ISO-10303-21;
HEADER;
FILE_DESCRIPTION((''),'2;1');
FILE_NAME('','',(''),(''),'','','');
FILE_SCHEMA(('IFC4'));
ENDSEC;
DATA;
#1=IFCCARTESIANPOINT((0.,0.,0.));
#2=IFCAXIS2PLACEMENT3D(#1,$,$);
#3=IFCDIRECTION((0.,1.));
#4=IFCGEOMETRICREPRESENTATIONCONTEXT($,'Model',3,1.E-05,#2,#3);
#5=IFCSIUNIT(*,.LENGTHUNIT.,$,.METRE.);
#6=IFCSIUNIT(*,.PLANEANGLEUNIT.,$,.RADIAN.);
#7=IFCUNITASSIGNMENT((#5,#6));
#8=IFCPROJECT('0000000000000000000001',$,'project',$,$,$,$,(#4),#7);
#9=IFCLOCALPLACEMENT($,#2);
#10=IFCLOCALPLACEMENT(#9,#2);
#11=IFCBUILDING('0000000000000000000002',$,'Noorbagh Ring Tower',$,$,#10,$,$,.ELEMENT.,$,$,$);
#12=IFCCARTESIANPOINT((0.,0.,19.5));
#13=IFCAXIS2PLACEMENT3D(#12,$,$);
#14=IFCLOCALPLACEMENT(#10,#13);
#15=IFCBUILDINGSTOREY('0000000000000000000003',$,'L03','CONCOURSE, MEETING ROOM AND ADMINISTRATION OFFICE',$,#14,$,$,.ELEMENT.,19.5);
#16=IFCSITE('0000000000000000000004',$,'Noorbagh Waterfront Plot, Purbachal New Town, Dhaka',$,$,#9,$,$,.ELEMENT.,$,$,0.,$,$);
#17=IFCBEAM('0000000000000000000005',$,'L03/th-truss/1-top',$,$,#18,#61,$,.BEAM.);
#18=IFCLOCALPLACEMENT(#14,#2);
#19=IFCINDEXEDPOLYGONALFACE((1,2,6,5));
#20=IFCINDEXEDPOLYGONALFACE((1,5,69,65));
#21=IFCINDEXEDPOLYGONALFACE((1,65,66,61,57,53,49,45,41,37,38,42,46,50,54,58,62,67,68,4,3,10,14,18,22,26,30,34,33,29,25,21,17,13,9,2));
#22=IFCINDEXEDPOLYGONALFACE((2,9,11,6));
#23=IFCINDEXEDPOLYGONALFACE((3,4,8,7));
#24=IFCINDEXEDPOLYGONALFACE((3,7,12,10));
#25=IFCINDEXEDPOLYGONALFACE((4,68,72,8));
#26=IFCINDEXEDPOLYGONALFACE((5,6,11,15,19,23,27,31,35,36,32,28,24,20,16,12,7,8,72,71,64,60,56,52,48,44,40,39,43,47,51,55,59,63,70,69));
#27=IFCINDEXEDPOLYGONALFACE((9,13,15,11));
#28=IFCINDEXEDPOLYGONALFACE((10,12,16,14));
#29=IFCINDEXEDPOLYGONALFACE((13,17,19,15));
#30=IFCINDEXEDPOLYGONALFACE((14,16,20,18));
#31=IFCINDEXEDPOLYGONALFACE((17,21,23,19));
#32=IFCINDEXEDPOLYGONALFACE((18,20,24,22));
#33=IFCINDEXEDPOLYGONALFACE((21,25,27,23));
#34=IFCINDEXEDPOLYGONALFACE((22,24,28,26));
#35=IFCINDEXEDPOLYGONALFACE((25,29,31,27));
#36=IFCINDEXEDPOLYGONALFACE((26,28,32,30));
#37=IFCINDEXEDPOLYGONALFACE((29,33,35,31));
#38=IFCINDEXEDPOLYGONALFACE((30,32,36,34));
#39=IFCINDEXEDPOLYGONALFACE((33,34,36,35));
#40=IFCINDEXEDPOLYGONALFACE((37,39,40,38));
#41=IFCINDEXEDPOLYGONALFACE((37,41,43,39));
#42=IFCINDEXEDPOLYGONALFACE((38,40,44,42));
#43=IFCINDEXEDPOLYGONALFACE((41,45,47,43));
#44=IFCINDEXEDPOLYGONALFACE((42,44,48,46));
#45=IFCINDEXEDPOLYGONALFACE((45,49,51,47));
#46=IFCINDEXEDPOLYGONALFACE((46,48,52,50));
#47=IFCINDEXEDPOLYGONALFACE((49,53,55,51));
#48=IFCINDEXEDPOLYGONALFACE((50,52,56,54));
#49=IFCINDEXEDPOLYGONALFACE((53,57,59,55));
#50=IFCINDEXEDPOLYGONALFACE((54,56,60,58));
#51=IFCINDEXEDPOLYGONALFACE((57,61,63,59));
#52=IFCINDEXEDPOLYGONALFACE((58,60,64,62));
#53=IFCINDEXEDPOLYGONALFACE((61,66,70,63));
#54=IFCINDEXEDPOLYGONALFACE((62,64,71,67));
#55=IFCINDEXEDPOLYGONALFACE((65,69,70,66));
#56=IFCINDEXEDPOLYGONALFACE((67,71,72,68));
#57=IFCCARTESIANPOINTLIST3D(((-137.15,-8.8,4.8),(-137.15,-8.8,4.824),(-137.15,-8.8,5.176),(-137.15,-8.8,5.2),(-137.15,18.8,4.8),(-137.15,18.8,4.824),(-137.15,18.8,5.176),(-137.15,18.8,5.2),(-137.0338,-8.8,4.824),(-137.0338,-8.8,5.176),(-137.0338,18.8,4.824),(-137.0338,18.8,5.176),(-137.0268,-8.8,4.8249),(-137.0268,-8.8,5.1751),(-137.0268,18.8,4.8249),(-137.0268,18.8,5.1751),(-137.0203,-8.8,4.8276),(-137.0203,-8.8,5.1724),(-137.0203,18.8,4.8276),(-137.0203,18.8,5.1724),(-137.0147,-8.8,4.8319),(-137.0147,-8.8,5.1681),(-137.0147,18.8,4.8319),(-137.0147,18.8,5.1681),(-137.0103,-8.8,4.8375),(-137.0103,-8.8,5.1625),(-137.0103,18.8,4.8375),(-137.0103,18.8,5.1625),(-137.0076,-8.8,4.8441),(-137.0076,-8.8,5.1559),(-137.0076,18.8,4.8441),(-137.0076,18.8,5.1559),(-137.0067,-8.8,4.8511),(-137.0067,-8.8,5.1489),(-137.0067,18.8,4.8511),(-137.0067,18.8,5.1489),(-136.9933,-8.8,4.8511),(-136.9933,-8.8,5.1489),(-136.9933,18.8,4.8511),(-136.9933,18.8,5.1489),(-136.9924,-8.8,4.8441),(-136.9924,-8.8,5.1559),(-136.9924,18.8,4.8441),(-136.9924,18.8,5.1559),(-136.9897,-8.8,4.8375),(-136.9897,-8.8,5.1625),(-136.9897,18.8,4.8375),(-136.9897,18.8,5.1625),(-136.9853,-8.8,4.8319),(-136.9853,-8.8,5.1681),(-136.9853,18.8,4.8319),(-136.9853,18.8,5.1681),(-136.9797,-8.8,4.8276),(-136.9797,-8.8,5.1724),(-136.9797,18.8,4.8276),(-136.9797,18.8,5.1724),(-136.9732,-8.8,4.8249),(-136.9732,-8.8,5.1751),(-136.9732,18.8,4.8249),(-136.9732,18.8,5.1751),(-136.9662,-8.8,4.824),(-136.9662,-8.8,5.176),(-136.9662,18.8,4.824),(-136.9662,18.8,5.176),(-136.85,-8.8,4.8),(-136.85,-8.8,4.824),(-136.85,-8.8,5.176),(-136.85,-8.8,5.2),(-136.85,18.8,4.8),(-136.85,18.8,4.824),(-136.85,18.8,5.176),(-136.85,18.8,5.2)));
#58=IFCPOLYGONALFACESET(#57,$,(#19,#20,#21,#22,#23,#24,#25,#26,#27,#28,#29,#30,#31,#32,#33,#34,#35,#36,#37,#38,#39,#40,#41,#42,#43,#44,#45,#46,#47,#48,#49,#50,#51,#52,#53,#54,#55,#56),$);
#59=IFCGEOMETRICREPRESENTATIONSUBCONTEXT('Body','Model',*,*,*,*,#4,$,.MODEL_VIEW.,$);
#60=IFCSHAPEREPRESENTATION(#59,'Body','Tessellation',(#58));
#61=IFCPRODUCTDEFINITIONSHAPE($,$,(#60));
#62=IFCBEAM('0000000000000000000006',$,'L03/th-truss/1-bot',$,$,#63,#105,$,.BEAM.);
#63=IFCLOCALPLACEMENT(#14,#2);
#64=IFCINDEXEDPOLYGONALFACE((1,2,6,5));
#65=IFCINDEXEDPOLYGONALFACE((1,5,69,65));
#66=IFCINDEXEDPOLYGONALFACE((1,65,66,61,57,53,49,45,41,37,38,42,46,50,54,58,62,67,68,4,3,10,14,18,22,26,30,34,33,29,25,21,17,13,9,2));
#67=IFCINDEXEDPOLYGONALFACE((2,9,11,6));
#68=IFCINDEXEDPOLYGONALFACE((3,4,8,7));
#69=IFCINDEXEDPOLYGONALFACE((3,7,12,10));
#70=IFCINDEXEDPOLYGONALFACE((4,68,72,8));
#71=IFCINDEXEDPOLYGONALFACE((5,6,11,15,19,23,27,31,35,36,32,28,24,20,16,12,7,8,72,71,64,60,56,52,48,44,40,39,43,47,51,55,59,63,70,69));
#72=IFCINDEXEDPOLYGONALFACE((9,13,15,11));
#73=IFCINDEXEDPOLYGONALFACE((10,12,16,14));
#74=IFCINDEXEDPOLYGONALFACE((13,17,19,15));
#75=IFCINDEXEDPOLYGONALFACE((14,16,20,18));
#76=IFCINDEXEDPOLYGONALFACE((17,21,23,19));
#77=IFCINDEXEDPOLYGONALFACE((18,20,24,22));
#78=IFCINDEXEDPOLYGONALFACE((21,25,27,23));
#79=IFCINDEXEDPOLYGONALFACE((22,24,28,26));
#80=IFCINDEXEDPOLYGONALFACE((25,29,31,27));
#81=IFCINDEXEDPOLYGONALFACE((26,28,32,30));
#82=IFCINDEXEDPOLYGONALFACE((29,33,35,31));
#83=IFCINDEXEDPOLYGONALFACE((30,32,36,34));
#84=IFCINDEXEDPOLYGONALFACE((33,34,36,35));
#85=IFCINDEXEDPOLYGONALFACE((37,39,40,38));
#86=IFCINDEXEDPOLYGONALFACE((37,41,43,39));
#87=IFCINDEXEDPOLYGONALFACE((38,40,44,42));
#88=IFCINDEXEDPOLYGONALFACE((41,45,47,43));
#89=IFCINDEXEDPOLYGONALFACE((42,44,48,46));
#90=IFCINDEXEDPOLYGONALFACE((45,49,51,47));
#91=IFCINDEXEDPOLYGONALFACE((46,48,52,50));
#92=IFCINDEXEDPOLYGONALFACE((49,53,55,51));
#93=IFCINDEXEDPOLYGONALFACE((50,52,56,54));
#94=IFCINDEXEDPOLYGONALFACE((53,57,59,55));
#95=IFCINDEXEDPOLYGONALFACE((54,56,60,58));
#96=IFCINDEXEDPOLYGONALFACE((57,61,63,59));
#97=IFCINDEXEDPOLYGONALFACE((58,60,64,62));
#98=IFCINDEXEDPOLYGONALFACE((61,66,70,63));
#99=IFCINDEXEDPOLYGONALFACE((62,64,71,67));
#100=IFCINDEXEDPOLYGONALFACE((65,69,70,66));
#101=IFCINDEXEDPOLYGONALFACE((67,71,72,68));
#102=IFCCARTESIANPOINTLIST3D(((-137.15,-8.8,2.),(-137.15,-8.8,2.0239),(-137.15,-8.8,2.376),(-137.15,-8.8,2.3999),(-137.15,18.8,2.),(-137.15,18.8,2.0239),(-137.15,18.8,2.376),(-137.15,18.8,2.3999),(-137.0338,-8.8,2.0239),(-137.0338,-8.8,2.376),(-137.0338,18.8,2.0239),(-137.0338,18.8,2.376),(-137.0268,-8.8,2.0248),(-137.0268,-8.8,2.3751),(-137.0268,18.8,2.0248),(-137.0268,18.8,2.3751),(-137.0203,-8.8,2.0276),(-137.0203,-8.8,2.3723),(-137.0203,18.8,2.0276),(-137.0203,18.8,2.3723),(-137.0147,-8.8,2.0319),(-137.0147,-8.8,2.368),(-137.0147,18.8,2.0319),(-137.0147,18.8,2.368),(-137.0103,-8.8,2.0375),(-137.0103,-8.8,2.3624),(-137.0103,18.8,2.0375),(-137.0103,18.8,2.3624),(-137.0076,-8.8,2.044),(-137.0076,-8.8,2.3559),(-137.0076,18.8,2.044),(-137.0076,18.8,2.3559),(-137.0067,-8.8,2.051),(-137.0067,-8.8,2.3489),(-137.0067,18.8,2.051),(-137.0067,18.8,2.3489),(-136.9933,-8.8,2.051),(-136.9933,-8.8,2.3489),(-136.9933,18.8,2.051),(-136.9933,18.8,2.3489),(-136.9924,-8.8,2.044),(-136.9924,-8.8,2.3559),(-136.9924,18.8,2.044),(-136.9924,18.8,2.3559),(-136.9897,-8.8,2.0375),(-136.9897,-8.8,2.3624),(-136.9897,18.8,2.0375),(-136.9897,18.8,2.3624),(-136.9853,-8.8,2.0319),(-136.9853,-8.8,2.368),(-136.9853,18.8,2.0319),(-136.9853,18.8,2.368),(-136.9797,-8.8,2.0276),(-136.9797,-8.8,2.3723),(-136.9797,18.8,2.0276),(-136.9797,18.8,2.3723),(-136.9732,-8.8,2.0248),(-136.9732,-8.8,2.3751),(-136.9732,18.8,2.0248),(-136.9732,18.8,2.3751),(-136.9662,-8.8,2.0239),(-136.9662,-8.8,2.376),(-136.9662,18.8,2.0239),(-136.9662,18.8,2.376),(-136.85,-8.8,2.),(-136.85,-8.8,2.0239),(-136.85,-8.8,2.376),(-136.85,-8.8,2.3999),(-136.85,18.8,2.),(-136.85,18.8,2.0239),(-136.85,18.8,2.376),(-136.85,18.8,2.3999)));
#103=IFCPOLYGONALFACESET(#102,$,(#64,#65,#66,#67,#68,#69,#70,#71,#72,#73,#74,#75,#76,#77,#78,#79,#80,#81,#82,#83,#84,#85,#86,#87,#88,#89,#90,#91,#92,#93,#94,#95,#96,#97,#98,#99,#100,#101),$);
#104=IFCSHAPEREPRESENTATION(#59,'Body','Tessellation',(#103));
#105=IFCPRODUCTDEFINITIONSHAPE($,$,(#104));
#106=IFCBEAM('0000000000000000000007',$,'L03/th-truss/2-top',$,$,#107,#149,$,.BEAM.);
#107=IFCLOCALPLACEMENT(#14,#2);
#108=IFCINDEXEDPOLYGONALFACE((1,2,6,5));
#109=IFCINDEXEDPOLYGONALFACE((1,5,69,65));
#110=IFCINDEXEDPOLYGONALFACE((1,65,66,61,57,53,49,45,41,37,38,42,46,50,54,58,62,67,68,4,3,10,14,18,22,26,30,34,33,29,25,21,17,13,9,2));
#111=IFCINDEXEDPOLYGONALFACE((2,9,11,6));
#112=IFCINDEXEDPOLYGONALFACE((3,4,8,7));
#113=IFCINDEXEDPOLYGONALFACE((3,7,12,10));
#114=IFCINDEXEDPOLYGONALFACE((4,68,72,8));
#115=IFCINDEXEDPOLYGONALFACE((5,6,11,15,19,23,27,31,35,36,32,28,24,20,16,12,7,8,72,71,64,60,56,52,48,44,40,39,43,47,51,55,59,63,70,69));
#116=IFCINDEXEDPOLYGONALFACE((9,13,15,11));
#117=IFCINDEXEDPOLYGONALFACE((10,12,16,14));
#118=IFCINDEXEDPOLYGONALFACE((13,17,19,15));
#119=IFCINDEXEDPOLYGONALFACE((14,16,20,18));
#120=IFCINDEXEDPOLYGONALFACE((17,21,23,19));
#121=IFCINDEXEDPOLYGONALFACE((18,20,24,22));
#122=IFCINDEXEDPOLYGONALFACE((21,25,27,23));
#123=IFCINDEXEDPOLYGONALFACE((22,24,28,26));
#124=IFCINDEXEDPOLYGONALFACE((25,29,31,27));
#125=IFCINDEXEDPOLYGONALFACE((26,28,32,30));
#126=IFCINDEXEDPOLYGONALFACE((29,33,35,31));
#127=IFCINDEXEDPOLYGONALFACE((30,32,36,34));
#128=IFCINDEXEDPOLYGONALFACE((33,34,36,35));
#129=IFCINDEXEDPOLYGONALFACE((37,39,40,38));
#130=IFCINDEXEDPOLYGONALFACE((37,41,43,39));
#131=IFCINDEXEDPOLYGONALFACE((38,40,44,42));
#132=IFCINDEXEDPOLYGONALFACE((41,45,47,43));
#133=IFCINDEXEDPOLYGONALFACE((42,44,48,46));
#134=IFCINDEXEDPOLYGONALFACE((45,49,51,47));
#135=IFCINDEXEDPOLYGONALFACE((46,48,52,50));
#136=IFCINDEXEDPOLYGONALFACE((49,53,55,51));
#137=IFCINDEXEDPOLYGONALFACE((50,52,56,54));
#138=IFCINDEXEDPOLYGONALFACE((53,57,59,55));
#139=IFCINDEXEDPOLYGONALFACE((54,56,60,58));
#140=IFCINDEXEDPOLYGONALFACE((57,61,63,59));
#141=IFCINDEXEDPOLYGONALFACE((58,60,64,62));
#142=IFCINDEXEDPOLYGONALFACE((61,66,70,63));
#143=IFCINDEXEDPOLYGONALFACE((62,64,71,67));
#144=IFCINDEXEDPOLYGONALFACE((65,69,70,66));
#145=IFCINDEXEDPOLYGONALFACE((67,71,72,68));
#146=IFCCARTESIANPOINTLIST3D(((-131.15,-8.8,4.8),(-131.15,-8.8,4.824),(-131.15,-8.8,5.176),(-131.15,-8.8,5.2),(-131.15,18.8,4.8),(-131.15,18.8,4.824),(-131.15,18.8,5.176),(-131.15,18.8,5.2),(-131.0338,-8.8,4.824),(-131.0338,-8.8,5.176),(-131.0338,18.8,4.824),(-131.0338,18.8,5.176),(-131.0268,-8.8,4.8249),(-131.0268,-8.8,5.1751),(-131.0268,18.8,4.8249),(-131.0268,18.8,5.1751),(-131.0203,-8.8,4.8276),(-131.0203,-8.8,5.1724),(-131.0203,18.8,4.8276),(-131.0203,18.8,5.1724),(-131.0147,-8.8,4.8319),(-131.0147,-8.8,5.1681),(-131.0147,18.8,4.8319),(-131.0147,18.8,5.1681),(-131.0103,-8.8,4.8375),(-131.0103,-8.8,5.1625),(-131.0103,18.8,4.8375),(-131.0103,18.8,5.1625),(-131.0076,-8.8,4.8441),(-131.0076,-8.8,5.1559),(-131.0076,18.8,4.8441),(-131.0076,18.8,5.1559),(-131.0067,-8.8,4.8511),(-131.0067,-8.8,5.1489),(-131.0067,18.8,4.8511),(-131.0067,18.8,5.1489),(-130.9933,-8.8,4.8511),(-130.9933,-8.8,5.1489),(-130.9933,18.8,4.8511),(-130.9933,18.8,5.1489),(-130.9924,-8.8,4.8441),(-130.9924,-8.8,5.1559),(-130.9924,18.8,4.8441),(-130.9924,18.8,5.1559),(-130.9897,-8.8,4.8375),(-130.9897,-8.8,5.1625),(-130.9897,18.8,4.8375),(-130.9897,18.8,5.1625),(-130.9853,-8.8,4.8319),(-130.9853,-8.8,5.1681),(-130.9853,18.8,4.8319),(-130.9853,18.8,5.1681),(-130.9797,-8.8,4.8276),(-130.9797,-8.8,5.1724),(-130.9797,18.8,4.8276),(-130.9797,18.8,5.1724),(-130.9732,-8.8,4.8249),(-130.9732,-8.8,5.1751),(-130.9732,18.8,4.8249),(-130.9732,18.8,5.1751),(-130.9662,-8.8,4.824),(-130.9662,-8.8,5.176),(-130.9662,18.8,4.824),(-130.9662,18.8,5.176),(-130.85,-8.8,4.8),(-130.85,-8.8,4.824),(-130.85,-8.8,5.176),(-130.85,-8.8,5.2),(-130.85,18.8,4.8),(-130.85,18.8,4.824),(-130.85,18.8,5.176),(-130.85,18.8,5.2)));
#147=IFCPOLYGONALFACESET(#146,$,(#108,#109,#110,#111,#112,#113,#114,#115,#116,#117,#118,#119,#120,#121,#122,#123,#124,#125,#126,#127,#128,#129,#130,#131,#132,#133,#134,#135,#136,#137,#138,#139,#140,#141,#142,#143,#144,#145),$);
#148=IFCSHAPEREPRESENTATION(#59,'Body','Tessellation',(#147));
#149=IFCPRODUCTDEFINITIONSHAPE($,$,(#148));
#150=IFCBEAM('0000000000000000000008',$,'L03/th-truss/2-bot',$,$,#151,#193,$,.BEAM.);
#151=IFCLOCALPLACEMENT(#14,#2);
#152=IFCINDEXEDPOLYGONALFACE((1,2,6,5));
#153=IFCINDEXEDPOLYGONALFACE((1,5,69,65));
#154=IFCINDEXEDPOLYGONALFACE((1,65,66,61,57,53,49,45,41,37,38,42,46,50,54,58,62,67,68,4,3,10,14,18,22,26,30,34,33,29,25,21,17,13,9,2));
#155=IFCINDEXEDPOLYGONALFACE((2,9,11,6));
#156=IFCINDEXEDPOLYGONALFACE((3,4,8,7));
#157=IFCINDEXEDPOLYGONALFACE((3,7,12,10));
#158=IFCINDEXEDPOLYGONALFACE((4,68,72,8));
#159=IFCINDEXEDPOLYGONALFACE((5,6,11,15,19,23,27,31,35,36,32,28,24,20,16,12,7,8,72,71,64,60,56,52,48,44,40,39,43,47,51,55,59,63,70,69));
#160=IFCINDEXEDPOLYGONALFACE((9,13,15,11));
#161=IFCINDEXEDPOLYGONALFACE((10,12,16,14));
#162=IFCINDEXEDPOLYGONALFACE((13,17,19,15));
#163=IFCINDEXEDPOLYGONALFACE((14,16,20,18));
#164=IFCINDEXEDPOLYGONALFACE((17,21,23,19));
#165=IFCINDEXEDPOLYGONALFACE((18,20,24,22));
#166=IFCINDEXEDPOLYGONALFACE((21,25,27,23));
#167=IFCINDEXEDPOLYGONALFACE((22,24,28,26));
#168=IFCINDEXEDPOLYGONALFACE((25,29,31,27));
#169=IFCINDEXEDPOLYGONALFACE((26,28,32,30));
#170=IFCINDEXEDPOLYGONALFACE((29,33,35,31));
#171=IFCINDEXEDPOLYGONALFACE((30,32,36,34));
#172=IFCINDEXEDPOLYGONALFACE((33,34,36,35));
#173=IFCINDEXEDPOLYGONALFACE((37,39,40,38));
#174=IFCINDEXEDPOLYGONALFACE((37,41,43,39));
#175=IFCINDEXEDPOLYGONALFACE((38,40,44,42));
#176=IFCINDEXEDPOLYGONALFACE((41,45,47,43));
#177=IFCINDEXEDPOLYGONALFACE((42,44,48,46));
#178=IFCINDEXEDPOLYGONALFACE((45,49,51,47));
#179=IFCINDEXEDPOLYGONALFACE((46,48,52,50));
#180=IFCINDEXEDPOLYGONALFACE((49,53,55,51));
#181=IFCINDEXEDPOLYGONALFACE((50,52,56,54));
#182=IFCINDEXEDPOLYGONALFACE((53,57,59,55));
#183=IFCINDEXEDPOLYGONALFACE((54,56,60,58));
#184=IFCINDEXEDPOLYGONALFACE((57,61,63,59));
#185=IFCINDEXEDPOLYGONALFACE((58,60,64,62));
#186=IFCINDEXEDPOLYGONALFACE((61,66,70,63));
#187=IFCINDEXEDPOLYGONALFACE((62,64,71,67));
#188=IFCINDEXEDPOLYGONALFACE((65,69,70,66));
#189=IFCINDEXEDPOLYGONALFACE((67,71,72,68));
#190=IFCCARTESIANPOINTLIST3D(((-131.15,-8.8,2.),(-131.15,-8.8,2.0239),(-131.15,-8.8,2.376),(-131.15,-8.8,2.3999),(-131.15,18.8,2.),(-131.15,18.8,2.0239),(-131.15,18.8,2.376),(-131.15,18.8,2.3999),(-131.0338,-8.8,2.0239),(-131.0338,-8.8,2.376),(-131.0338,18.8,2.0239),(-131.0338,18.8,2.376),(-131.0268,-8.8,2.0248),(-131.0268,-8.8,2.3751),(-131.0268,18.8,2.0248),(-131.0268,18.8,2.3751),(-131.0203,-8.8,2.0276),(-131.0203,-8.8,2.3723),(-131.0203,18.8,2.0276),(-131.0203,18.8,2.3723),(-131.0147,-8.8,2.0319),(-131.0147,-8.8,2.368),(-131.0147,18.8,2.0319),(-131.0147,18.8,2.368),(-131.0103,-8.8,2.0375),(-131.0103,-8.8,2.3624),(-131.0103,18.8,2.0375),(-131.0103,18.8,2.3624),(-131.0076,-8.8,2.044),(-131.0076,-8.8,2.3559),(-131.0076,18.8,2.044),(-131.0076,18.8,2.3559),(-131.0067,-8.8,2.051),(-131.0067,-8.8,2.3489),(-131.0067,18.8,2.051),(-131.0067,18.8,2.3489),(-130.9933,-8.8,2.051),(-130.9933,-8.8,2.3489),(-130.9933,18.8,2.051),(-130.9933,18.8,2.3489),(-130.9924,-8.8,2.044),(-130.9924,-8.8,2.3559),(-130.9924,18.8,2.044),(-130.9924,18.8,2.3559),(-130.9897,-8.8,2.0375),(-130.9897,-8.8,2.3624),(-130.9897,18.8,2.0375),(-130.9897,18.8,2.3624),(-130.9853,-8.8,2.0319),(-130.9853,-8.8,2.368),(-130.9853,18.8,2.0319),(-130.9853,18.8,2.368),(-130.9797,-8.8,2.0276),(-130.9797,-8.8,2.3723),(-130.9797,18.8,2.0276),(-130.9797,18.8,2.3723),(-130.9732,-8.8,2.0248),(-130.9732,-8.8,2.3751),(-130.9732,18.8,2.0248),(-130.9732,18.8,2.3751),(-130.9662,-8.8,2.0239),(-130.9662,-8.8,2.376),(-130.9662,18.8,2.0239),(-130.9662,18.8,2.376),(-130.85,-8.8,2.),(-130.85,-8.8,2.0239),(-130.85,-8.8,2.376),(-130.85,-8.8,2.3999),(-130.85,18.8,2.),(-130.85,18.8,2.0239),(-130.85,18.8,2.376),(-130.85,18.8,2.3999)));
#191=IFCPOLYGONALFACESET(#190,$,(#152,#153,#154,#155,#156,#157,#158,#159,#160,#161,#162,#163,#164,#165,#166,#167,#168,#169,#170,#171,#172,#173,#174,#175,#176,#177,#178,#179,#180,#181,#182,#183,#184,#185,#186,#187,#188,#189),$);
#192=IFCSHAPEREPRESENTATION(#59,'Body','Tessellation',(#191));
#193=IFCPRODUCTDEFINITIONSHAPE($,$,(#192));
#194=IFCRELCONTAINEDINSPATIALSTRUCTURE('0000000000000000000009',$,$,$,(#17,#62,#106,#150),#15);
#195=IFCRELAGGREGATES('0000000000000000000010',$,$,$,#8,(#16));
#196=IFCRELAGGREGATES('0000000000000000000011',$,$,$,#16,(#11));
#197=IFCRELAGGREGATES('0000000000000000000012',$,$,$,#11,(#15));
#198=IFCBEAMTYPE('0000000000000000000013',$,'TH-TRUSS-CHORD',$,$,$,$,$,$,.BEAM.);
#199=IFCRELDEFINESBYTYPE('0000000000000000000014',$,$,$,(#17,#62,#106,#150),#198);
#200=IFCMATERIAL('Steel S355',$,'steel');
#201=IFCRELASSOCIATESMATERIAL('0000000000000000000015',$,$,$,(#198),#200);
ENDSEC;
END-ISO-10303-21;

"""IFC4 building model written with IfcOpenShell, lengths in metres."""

from ifc_helpers import new_model, si_unit, direction, frame, origin, origin_2d, place, context, subcontext, project, spatial, i_section, extrude, material, material_profile, profile_set, type_object, element, save


model = new_model("IFC4")

# Units and contexts
model_context = context("Model", 3, precision=1e-05, world=origin(), true_north=direction((0.0, 1.0)))
body_context = subcontext(model_context, "Body", "Model", "MODEL_VIEW")
ifc_project = project(units=[si_unit("LENGTHUNIT", "METRE"), si_unit("PLANEANGLEUNIT", "RADIAN")], contexts=[model_context])

# Site, building, storey
site_placement = place(None, origin())
site = spatial("IfcSite", under=ifc_project, at=site_placement, Name="Noorbagh Waterfront Plot, Purbachal New Town, Dhaka", CompositionType="ELEMENT", RefElevation=0.0)
building_placement = place(site_placement, origin())
building = spatial("IfcBuilding", under=site, at=building_placement, Name="Noorbagh Ring Tower", CompositionType="ELEMENT")
storey_placement = place(building_placement, frame((0.0, 0.0, 19.5)))
storey = spatial("IfcBuildingStorey", under=building, at=storey_placement, Name="L03", Description="CONCOURSE, MEETING ROOM AND ADMINISTRATION OFFICE", CompositionType="ELEMENT", Elevation=19.5)

# Beams
ifc_material_1 = material(Name="Steel S355", Category="steel")
ifc_material_profile_1 = material_profile(ifc_material_1, i_section(OverallWidth=0.3, OverallDepth=0.3999, WebThickness=0.0134, FlangeThickness=0.0239, FilletRadius=0.0271, at=origin_2d()), Name="HEB400")
ifc_profile_set_1 = profile_set([ifc_material_profile_1], Name="Steel S355")
beam_type = type_object("IfcBeamType", Name="TH-TRUSS-CHORD", PredefinedType="BEAM", material=ifc_profile_set_1)
for number, where, z_axis, x_axis, name in (
    (1, (-137.0, -8.8, 5.0), (0.0, 1.0, 0.0), (-1.0, 0.0, 0.0), "L03/th-truss/1-top"),
    (2, (-137.0, -8.8, 2.2), (0.0, 1.0, 0.0), (-1.0, 0.0, 0.0), "L03/th-truss/1-bot"),
    (3, (-131.0, -8.8, 5.0), (0.0, 1.0, 0.0), (-1.0, 0.0, 0.0), "L03/th-truss/2-top"),
    (4, (-131.0, -8.8, 2.2), (0.0, 1.0, 0.0), (-1.0, 0.0, 0.0), "L03/th-truss/2-bot"),
):
    element("IfcBeam", number, at=place(storey_placement, frame(where, z_axis=z_axis, x_axis=x_axis)), inside=storey, type_object=beam_type, Name=name, PredefinedType="BEAM", context=body_context, shape_type="SweptSolid", body=[
        extrude(i_section(OverallWidth=0.3, OverallDepth=0.3999, WebThickness=0.0134, FlangeThickness=0.0239, FilletRadius=0.0271, at=origin_2d()), origin(), (0.0, 0.0, 1.0), 27.6001),
    ])

save(model, "model.ifc")
